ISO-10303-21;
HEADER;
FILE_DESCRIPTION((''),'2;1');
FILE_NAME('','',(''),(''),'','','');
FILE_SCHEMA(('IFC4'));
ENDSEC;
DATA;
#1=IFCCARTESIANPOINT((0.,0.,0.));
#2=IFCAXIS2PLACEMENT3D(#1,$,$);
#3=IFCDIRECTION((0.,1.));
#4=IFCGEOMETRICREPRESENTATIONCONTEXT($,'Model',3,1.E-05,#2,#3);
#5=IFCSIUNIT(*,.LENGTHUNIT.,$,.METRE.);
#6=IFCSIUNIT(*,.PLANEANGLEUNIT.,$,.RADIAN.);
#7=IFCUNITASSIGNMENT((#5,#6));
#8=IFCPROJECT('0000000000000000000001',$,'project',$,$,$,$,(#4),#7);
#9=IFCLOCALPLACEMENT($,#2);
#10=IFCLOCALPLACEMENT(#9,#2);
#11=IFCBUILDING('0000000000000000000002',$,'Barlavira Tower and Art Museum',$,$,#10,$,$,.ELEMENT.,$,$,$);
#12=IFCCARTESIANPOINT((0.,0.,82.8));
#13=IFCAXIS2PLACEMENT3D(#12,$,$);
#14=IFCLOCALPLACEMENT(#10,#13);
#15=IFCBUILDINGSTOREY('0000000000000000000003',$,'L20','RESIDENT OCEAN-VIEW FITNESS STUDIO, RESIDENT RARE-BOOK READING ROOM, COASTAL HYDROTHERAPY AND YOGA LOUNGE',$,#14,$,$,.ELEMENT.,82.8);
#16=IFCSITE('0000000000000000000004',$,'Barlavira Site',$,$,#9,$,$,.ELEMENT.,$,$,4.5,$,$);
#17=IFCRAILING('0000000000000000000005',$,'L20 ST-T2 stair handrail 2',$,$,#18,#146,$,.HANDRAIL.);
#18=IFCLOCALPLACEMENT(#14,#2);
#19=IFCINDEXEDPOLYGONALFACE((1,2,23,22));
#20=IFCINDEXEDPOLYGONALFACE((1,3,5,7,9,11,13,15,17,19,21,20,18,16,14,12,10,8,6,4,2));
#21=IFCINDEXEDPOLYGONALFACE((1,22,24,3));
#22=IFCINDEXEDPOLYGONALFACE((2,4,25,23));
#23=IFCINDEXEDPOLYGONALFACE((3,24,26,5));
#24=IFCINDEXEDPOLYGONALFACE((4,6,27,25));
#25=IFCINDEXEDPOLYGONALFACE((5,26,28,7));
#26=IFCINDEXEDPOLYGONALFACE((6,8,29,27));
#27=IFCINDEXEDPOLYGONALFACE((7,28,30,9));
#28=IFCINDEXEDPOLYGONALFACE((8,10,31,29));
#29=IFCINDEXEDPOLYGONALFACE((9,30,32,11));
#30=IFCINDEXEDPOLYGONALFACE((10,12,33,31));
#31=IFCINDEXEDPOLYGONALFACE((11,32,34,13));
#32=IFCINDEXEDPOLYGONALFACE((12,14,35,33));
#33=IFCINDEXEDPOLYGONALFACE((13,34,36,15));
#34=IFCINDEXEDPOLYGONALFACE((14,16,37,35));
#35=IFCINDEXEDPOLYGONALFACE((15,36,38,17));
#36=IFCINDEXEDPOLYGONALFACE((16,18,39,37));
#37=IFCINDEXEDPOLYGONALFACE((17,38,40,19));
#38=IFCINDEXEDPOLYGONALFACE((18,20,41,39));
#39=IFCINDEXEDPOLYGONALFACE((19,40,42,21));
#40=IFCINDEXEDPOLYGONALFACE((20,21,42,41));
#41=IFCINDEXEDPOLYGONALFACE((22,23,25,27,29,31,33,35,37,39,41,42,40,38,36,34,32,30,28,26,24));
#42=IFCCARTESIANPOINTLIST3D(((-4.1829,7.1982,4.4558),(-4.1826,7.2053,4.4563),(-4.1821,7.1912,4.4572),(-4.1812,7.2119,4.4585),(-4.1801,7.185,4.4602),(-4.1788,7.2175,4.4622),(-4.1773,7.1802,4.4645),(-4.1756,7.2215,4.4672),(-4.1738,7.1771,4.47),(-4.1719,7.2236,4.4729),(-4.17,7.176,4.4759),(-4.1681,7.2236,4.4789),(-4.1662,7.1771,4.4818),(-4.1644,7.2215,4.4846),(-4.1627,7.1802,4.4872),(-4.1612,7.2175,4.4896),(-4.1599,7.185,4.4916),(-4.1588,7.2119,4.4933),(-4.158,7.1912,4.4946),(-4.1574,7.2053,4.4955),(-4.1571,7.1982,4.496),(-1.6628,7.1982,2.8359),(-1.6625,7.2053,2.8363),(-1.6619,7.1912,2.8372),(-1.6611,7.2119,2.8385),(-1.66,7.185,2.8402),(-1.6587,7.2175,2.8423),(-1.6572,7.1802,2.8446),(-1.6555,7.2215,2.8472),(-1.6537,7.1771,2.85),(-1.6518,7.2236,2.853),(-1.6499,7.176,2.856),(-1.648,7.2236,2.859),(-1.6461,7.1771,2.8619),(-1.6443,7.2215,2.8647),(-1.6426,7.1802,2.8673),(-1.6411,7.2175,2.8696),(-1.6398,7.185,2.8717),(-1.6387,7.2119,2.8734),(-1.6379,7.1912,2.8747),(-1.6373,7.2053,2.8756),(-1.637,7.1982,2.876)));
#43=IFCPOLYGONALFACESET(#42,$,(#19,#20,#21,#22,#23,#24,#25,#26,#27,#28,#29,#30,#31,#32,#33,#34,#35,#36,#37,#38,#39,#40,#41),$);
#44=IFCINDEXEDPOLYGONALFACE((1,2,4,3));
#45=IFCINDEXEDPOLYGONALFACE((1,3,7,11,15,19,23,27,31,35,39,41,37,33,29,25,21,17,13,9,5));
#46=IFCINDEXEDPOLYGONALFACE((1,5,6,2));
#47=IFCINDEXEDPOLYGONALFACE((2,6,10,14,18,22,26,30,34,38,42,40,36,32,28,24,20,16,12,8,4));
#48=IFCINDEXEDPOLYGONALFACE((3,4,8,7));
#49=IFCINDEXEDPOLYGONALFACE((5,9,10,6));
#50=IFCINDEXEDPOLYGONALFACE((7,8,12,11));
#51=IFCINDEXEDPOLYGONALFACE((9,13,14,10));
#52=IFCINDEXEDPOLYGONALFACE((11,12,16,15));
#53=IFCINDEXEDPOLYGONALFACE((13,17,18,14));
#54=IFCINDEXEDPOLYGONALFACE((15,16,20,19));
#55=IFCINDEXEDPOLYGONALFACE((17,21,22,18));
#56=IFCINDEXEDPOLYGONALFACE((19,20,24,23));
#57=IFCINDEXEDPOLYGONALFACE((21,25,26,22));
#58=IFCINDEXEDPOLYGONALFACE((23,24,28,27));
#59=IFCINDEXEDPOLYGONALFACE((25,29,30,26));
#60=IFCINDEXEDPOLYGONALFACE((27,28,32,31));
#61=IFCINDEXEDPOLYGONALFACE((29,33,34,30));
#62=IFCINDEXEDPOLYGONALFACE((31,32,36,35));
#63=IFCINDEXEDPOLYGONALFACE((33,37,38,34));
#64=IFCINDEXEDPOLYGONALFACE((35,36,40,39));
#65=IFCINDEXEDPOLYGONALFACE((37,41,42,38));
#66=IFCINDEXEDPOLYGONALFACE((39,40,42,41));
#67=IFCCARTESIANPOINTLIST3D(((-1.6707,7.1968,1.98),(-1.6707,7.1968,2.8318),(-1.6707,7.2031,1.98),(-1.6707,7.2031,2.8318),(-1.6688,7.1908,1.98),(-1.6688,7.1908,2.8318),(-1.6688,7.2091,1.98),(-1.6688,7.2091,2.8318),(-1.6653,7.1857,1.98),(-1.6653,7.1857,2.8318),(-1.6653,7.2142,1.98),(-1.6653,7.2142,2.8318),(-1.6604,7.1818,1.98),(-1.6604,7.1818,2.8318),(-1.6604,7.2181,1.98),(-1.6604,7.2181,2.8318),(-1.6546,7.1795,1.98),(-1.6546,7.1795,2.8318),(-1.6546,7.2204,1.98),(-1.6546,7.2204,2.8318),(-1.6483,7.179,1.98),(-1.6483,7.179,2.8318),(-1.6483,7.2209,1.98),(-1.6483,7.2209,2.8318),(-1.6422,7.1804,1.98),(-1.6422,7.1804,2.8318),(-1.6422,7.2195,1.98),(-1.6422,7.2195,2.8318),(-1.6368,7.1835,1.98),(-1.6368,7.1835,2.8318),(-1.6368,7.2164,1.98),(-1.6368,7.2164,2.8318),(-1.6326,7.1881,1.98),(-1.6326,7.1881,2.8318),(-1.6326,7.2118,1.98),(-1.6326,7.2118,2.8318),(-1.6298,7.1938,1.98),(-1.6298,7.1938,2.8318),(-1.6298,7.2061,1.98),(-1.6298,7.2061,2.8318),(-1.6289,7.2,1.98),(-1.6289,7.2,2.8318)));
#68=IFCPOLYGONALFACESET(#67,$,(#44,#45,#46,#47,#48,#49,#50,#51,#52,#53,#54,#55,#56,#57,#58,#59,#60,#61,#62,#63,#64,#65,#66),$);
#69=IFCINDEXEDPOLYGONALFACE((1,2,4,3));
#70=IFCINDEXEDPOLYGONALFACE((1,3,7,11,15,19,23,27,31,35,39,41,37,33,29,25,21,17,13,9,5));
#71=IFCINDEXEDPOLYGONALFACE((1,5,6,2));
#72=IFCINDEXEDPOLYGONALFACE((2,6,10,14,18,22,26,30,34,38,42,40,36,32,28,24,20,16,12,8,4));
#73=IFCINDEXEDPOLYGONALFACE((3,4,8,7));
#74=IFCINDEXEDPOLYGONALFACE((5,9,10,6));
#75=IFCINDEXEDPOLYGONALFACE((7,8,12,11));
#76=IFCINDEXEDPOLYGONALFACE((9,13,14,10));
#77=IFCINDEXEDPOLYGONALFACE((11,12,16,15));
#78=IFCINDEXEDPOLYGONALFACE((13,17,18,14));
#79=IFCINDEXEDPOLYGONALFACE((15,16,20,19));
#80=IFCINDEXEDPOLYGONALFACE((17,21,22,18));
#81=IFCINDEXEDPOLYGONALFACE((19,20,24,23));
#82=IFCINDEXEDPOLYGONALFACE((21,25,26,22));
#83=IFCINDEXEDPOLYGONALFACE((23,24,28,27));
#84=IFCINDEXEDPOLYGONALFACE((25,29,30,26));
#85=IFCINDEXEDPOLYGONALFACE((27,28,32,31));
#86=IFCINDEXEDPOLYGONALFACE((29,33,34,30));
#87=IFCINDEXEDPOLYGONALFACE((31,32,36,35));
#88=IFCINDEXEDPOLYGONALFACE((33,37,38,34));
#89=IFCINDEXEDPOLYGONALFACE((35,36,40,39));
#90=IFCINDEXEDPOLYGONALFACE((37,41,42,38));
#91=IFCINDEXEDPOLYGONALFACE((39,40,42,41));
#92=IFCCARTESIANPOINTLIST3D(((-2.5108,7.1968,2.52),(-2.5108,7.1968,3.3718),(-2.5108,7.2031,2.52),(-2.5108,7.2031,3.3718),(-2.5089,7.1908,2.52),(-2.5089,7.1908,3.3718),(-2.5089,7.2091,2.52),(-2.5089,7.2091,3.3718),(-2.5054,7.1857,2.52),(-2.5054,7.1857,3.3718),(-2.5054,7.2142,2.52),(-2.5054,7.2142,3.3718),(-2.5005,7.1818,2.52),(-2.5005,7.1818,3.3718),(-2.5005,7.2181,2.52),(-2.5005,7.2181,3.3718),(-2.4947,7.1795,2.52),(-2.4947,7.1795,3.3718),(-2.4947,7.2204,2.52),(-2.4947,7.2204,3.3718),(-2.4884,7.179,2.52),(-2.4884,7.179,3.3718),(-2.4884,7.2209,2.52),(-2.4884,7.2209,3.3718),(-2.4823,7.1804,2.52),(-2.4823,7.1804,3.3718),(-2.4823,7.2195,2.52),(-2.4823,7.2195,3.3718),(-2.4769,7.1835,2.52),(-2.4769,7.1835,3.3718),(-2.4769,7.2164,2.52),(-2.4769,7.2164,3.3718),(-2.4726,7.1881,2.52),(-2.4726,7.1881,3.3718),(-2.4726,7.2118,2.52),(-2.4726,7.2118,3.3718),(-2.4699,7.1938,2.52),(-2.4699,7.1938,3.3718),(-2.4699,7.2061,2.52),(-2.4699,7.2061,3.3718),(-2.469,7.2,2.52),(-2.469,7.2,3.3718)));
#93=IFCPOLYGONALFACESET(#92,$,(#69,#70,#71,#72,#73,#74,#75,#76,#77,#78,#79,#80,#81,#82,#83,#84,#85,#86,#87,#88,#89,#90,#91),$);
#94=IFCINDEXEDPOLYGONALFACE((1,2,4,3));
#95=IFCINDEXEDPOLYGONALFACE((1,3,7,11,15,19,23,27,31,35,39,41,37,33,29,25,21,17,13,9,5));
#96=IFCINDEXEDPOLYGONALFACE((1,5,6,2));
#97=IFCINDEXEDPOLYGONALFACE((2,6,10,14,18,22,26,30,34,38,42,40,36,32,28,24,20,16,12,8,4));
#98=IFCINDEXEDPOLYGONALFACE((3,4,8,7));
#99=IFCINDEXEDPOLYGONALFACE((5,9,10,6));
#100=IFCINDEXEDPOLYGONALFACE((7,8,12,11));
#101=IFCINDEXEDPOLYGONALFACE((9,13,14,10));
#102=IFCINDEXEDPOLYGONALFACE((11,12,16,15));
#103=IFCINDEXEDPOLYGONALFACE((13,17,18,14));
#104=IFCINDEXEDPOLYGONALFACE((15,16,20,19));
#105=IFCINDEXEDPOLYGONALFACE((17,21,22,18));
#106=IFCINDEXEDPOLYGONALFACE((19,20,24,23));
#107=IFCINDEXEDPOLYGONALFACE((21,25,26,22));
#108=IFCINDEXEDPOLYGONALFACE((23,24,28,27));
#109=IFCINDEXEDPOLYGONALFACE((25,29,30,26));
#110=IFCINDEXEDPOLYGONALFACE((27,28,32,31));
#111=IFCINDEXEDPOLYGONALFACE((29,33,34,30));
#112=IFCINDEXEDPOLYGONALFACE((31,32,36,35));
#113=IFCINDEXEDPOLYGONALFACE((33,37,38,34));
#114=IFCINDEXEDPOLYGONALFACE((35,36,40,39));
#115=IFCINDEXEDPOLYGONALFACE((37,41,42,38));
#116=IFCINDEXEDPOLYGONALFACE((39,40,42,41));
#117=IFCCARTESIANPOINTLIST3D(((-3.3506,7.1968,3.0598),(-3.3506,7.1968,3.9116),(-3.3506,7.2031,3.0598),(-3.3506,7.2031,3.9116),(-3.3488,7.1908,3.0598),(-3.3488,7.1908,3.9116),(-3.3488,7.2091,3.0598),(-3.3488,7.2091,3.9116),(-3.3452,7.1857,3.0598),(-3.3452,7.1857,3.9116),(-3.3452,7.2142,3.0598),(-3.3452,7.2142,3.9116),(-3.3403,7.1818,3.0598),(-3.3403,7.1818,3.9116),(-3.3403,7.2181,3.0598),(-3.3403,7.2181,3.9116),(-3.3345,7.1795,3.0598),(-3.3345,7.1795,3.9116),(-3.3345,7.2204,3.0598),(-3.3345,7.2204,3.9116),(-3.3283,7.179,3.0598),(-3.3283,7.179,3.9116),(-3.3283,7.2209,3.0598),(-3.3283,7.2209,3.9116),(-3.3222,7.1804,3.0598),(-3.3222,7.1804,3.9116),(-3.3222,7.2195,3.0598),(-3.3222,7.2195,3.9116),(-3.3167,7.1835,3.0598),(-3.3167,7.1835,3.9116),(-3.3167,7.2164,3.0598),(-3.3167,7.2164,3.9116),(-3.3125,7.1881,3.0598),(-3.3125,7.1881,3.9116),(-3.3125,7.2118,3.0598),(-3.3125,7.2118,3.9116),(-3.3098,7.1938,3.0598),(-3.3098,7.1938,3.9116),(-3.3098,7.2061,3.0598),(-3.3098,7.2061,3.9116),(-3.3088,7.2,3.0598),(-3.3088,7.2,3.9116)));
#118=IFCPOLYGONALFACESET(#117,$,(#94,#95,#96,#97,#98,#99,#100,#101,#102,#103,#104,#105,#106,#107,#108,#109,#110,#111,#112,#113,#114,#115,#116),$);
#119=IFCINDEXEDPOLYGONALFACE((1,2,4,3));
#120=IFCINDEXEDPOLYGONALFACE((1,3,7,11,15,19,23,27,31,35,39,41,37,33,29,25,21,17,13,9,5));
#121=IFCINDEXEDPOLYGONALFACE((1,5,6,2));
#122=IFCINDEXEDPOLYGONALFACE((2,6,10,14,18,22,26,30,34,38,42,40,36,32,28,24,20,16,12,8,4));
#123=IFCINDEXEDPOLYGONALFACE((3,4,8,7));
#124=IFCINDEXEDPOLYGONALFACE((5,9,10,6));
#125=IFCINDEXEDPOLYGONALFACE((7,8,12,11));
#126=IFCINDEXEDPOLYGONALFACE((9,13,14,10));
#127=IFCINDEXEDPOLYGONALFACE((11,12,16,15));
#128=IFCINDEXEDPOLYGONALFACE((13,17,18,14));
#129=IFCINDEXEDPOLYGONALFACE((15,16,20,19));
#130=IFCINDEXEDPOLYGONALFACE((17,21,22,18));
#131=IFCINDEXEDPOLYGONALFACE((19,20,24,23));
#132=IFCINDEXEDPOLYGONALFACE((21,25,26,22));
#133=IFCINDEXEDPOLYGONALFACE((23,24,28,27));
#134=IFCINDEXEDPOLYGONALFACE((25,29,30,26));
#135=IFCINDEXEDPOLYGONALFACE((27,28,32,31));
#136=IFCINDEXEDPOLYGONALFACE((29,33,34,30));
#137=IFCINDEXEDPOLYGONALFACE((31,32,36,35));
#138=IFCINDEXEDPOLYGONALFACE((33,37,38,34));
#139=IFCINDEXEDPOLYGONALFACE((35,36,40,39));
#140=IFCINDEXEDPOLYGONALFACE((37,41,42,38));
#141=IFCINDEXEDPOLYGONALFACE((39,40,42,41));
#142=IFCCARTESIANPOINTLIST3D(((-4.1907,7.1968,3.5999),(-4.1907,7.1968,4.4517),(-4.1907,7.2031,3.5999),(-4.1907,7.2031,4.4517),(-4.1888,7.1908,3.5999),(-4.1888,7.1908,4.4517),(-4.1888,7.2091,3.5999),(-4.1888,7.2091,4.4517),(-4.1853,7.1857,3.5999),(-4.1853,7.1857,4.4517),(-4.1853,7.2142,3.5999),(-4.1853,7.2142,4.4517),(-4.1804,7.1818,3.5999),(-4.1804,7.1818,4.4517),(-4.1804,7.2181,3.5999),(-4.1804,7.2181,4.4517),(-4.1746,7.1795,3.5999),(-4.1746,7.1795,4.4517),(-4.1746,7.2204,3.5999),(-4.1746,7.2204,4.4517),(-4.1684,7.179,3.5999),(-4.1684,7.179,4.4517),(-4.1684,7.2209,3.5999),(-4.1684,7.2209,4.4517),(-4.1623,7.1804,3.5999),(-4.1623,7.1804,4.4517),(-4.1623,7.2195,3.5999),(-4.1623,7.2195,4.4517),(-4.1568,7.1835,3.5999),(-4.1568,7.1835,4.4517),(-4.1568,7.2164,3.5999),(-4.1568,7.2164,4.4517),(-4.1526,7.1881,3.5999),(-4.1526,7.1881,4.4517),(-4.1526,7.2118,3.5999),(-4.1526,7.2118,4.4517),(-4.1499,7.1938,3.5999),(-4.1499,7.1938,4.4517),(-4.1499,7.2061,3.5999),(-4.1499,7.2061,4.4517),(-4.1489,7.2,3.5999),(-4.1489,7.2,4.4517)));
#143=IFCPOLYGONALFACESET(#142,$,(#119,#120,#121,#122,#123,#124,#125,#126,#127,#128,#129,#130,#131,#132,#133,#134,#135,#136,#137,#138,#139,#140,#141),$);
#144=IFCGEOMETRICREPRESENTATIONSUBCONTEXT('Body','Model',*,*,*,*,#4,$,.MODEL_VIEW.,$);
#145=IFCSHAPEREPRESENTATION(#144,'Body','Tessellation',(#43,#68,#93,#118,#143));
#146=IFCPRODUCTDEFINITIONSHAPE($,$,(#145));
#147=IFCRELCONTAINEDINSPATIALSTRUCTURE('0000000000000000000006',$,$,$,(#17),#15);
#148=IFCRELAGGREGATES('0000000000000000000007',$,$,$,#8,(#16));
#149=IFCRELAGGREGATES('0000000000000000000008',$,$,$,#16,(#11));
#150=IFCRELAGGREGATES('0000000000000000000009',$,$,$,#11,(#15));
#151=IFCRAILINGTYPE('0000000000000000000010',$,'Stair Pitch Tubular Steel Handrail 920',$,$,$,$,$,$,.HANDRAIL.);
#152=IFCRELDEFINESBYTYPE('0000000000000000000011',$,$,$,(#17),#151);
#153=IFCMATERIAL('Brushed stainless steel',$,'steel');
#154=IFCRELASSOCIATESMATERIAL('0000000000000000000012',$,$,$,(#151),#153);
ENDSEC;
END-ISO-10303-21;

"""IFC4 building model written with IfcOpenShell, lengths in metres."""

from ifc_helpers import new_model, si_unit, direction, frame, origin, origin_2d, place, context, subcontext, project, spatial, circle, extrude, material, type_object, element, save


model = new_model("IFC4")

# Units and contexts
model_context = context("Model", 3, precision=1e-05, world=origin(), true_north=direction((0.0, 1.0)))
body_context = subcontext(model_context, "Body", "Model", "MODEL_VIEW")
ifc_project = project(units=[si_unit("LENGTHUNIT", "METRE"), si_unit("PLANEANGLEUNIT", "RADIAN")], contexts=[model_context])

# Site, building, storey
site_placement = place(None, origin())
site = spatial("IfcSite", under=ifc_project, at=site_placement, Name="Barlavira Site", CompositionType="ELEMENT", RefElevation=4.5)
building_placement = place(site_placement, origin())
building = spatial("IfcBuilding", under=site, at=building_placement, Name="Barlavira Tower and Art Museum", CompositionType="ELEMENT")
storey_placement = place(building_placement, frame((0.0, 0.0, 82.8)))
storey = spatial("IfcBuildingStorey", under=building, at=storey_placement, Name="L20", Description="RESIDENT OCEAN-VIEW FITNESS STUDIO, RESIDENT RARE-BOOK READING ROOM, COASTAL HYDROTHERAPY AND YOGA LOUNGE", CompositionType="ELEMENT", Elevation=82.8)

# Shared definitions
ifc_material_1 = material(Name="Brushed stainless steel", Category="steel")

# Railing
railing_type_1 = type_object("IfcRailingType", Name="Stair Pitch Tubular Steel Handrail 920", PredefinedType="HANDRAIL", material=ifc_material_1)
railing_1_placement = place(storey_placement, frame((-1.6499, 7.2, 1.98)))
element("IfcRailing", 1, at=railing_1_placement, inside=storey, type_object=railing_type_1, Name="L20 ST-T2 stair handrail 2", PredefinedType="HANDRAIL", context=body_context, shape_type="SweptSolid", body=[
    extrude(circle(Radius=0.0239, at=origin_2d()), frame((0.0, 0.0, 0.876), z_axis=(-0.8412, 0.0, 0.540725), x_axis=(0.0, -1.0, 0.0)), (0.0, 0.0, 1.0), 2.9958),
    extrude(circle(Radius=0.021, at=origin_2d()), origin(), (0.0, 0.0, 1.0), 0.8518),
    extrude(circle(Radius=0.021, at=origin_2d()), frame((-0.8401, 0.0, 0.54)), (0.0, 0.0, 1.0), 0.8518),
    extrude(circle(Radius=0.021, at=origin_2d()), frame((-1.6799, 0.0, 1.0798)), (0.0, 0.0, 1.0), 0.8518),
    extrude(circle(Radius=0.021, at=origin_2d()), frame((-2.52, 0.0, 1.6199)), (0.0, 0.0, 1.0), 0.8518),
])

save(model, "model.ifc")
